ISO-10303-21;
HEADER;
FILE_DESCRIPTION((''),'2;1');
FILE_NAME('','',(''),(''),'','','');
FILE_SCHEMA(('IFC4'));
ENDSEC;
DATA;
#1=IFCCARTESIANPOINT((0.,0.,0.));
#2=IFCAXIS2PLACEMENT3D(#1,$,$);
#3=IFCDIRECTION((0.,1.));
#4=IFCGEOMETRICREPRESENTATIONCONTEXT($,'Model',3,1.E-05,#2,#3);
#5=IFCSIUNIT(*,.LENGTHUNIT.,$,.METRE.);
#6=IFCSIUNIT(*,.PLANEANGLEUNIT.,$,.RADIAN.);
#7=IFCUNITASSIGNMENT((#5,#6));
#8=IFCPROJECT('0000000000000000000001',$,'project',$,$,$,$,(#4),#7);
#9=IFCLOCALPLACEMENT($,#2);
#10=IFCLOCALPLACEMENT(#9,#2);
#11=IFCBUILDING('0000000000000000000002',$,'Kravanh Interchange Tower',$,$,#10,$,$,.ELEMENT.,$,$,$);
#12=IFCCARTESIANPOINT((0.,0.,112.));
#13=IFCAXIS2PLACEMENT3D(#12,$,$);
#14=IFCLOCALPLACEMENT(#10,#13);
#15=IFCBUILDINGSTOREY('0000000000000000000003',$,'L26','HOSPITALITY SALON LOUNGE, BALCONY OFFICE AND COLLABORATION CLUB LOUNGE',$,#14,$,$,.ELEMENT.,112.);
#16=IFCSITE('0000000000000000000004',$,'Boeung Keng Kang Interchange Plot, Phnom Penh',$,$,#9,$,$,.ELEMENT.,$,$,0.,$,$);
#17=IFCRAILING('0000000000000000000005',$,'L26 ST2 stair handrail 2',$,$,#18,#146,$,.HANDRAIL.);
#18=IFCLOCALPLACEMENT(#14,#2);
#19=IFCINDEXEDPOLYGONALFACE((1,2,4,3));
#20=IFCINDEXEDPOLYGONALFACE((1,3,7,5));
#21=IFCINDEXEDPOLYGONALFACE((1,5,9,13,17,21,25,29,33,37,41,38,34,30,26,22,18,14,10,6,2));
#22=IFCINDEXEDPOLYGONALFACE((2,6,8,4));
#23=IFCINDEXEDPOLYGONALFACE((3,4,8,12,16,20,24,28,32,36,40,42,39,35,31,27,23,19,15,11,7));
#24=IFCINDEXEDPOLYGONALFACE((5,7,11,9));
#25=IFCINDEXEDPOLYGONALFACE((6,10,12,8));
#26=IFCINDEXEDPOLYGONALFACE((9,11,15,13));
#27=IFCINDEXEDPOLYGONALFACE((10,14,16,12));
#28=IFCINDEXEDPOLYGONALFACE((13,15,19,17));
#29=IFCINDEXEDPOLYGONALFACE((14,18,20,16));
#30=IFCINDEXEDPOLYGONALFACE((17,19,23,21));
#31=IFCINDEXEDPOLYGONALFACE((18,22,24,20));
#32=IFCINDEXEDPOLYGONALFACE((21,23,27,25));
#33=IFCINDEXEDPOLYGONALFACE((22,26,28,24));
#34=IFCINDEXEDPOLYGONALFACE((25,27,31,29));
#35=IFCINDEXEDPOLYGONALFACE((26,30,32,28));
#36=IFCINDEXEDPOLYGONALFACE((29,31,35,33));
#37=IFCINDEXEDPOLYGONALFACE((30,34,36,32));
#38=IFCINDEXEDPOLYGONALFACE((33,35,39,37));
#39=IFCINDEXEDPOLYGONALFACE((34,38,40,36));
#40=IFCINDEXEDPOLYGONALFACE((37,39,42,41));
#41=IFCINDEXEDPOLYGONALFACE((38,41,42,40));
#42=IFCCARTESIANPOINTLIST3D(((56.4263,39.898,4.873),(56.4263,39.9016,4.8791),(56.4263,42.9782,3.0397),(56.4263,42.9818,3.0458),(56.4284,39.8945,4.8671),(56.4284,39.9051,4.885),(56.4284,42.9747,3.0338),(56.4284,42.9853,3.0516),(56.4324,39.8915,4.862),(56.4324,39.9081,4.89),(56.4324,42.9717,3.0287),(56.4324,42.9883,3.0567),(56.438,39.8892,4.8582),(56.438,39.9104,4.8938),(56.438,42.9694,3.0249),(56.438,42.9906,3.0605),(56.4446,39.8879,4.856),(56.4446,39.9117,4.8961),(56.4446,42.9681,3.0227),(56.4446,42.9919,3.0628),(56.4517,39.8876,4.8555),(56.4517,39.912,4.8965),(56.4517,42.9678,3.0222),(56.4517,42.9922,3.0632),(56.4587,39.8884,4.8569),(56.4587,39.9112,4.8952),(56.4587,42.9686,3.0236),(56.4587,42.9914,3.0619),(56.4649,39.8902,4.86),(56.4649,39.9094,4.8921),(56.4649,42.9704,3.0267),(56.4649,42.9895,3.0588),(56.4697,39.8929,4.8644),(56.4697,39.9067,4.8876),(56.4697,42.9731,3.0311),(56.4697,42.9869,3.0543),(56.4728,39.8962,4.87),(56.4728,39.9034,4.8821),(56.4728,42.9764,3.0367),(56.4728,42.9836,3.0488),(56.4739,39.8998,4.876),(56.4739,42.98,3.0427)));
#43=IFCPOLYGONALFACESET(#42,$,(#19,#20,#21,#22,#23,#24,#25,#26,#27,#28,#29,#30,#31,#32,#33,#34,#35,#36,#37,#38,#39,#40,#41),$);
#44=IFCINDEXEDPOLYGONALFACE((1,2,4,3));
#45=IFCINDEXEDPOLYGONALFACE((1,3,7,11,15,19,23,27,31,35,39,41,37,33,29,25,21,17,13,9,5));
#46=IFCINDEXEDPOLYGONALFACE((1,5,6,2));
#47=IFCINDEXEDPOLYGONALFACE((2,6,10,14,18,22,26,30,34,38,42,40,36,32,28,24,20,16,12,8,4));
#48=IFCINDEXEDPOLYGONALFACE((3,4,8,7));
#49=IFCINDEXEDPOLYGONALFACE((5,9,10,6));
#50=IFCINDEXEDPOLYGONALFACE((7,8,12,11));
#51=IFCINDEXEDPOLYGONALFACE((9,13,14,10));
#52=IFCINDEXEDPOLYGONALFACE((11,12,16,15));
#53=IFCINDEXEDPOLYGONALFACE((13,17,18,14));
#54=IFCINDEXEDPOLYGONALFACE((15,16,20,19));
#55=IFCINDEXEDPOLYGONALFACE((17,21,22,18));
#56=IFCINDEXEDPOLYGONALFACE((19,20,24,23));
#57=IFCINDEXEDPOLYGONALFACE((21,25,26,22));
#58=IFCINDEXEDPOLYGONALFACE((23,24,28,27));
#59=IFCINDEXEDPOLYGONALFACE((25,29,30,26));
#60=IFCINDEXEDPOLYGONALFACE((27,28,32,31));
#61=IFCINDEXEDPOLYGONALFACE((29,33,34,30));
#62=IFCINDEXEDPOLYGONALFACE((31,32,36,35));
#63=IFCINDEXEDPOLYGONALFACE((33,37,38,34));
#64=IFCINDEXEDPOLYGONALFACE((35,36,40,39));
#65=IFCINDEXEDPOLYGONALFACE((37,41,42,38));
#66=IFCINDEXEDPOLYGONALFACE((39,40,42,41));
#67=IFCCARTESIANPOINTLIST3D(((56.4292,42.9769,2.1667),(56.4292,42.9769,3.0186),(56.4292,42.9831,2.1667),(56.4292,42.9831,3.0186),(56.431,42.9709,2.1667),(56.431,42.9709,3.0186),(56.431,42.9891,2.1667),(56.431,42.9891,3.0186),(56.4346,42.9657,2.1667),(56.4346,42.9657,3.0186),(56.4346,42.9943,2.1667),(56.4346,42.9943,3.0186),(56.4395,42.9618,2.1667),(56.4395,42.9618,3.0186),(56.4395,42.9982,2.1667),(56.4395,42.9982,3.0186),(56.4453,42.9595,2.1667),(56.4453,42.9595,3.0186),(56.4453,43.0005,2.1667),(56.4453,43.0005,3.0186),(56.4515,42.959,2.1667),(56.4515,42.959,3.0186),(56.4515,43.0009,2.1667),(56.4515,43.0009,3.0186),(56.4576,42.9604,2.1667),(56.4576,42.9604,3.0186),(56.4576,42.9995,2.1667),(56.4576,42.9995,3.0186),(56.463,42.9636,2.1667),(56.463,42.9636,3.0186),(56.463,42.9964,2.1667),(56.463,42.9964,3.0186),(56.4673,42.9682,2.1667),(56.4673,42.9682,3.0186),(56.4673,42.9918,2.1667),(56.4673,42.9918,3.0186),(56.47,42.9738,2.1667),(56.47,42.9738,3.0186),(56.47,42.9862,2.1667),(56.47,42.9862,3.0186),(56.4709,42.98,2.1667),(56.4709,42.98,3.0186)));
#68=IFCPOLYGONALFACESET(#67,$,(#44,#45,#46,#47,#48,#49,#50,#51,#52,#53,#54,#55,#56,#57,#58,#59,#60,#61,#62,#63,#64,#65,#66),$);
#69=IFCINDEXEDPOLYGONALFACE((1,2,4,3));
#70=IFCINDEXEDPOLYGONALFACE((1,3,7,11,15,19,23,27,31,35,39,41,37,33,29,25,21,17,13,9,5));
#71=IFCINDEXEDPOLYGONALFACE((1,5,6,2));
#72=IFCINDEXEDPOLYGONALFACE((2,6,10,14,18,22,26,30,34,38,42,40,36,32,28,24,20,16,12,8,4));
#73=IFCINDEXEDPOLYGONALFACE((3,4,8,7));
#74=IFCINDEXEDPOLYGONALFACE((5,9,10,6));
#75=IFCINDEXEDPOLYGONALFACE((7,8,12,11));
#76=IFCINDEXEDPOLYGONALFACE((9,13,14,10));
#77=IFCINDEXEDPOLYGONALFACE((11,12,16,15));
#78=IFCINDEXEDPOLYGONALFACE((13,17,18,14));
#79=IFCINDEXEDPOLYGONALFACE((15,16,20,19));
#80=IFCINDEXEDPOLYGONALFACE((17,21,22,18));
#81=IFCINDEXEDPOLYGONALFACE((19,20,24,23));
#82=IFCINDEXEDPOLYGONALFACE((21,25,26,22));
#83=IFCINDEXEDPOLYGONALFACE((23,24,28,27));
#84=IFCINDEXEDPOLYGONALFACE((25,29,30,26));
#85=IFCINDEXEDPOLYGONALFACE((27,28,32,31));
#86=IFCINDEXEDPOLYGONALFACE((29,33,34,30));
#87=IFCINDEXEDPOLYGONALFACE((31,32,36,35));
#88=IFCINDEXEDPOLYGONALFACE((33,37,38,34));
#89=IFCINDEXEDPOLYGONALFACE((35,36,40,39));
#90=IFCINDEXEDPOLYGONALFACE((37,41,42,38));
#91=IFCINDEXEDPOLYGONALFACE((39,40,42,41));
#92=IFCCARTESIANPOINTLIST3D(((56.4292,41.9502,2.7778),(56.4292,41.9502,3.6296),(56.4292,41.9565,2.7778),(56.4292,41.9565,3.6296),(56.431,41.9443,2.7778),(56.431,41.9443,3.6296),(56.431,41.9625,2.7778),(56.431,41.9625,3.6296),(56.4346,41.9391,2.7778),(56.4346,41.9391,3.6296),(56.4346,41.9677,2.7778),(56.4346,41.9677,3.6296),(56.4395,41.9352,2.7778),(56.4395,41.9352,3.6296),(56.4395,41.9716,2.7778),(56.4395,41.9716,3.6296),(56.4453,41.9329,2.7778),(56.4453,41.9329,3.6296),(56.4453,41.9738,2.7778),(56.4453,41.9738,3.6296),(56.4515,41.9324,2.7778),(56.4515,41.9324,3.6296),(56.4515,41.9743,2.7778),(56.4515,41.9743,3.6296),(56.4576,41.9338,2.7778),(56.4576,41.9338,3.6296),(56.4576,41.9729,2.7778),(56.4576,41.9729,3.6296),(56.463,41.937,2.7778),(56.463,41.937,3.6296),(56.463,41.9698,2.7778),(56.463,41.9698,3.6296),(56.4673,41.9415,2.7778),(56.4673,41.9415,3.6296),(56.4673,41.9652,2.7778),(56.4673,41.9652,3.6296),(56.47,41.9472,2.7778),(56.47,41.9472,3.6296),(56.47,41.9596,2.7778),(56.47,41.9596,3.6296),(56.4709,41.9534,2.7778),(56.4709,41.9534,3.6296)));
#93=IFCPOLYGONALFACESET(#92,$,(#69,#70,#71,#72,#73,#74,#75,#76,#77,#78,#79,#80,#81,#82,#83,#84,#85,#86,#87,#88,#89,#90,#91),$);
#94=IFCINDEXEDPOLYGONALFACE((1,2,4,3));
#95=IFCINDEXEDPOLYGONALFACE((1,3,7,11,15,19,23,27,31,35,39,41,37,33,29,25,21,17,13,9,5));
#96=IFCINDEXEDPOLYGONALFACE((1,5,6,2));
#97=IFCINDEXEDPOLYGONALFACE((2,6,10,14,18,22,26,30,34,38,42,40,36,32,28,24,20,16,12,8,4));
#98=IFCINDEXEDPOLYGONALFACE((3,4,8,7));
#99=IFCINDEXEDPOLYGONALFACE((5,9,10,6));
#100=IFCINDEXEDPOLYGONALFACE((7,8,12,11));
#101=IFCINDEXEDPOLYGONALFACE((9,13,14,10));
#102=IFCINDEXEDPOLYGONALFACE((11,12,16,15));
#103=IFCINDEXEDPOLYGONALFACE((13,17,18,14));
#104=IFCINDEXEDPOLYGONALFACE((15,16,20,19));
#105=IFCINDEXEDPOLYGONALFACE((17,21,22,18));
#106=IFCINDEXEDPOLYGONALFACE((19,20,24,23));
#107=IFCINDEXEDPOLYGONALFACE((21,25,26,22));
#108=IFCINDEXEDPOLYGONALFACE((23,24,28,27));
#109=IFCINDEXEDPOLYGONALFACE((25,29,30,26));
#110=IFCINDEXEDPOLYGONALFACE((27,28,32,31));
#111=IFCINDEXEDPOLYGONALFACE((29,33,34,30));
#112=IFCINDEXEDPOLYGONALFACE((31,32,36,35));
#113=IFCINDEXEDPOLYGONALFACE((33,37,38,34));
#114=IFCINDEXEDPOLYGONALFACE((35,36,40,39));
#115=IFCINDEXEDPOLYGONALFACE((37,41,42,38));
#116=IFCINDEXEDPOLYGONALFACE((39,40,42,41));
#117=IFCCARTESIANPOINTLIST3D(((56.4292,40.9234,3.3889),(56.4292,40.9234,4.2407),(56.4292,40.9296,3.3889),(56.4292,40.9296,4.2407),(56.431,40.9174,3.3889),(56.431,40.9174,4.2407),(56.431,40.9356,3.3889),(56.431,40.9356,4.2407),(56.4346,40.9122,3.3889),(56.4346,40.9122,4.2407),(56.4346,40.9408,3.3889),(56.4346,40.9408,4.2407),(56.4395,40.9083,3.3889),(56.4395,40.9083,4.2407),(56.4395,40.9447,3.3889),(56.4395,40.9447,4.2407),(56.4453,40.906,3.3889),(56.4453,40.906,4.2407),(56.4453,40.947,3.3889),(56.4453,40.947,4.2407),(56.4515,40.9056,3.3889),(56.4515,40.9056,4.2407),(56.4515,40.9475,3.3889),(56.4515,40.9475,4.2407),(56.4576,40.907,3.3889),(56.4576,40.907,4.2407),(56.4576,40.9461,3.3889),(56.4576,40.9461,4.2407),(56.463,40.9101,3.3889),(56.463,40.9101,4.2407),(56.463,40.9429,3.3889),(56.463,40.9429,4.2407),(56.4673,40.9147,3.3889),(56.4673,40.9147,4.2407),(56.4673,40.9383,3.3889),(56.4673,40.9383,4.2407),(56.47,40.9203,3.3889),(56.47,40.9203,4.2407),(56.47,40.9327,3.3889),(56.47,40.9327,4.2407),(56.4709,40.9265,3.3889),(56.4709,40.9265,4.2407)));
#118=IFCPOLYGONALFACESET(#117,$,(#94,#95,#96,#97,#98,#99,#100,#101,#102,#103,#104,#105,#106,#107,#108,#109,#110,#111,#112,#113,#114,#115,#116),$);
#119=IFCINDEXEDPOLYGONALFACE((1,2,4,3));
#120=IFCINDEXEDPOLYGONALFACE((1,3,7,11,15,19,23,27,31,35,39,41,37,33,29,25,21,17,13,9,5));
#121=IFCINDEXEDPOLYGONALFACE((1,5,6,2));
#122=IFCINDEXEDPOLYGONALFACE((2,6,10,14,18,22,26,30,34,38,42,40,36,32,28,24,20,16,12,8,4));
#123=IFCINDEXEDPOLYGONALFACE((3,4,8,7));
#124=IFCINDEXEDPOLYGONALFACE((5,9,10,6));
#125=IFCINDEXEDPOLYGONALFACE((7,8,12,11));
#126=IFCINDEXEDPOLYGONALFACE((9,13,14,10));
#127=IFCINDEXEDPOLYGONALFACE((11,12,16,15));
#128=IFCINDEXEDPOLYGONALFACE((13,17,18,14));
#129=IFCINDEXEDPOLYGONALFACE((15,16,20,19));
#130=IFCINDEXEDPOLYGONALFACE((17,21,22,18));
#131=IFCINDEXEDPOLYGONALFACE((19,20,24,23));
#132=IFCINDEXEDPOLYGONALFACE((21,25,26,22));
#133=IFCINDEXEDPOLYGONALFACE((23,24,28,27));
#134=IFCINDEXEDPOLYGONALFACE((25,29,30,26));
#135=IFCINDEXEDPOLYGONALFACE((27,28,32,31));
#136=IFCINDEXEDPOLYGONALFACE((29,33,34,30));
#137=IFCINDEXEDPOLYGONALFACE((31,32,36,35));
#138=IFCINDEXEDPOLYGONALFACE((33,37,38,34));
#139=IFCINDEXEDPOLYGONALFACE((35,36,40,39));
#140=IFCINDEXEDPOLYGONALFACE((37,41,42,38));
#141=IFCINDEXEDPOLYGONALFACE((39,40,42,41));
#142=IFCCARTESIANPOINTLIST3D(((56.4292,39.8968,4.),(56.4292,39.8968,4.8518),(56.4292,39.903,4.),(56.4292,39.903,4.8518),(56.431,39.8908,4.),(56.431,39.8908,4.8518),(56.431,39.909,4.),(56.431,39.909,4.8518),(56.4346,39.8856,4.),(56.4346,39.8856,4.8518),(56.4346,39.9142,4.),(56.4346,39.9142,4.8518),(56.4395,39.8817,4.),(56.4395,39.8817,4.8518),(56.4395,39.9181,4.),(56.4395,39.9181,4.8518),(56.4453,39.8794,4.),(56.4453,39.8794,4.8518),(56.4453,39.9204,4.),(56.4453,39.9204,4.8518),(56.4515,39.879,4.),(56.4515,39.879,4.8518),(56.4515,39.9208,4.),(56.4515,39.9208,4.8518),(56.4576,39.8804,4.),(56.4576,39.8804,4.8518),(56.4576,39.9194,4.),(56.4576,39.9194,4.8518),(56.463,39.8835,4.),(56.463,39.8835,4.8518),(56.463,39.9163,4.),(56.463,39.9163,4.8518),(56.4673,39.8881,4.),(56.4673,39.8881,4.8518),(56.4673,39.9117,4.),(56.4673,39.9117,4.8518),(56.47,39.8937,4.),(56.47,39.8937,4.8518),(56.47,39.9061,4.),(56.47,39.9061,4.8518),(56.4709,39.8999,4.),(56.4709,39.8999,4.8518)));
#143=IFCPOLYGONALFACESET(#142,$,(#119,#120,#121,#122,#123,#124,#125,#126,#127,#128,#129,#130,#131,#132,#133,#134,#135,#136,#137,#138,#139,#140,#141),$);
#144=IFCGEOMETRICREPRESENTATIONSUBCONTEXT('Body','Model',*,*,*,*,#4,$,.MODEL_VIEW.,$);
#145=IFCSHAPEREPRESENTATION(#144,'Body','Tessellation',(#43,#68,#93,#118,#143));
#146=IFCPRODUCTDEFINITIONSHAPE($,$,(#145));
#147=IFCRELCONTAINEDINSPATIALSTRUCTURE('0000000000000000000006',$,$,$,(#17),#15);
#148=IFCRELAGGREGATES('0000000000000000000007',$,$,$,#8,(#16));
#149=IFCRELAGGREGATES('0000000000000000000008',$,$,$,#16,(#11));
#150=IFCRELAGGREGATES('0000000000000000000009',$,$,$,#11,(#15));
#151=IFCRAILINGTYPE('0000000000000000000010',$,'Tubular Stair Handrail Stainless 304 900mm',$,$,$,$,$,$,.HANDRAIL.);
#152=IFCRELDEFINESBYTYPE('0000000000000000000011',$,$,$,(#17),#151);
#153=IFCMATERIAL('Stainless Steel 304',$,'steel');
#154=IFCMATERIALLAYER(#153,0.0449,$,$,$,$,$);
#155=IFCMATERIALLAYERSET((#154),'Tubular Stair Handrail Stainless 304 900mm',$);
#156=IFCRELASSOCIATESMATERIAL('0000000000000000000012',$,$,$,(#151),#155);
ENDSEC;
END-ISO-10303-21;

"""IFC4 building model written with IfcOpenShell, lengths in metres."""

from ifc_helpers import new_model, si_unit, direction, frame, origin, origin_2d, place, context, subcontext, project, spatial, circle, extrude, material, layer, layer_set, type_object, element, save


model = new_model("IFC4")

# Units and contexts
model_context = context("Model", 3, precision=1e-05, world=origin(), true_north=direction((0.0, 1.0)))
body_context = subcontext(model_context, "Body", "Model", "MODEL_VIEW")
ifc_project = project(units=[si_unit("LENGTHUNIT", "METRE"), si_unit("PLANEANGLEUNIT", "RADIAN")], contexts=[model_context])

# Site, building, storey
site_placement = place(None, origin())
site = spatial("IfcSite", under=ifc_project, at=site_placement, Name="Boeung Keng Kang Interchange Plot, Phnom Penh", CompositionType="ELEMENT", RefElevation=0.0)
building_placement = place(site_placement, origin())
building = spatial("IfcBuilding", under=site, at=building_placement, Name="Kravanh Interchange Tower", CompositionType="ELEMENT")
storey_placement = place(building_placement, frame((0.0, 0.0, 112.0)))
storey = spatial("IfcBuildingStorey", under=building, at=storey_placement, Name="L26", Description="HOSPITALITY SALON LOUNGE, BALCONY OFFICE AND COLLABORATION CLUB LOUNGE", CompositionType="ELEMENT", Elevation=112.0)

# Railing
ifc_material_1 = material(Name="Stainless Steel 304", Category="steel")
ifc_layer_1 = layer(ifc_material_1, 0.0449)
ifc_layer_set_1 = layer_set([ifc_layer_1], Name="Tubular Stair Handrail Stainless 304 900mm")
railing_type_1 = type_object("IfcRailingType", Name="Tubular Stair Handrail Stainless 304 900mm", PredefinedType="HANDRAIL", material=ifc_layer_set_1)
railing_1_placement = place(storey_placement, frame((56.45, 42.98, 2.1667)))
element("IfcRailing", 1, at=railing_1_placement, inside=storey, type_object=railing_type_1, Name="L26 ST2 stair handrail 2", PredefinedType="HANDRAIL", context=body_context, shape_type="SweptSolid", body=[
    extrude(circle(Radius=0.0239, at=origin_2d()), frame((0.0, 0.0, 0.876), z_axis=(0.0, -0.859309, 0.511458), x_axis=(1.0, 0.0, 0.0)), (0.0, 0.0, 1.0), 3.5845),
    extrude(circle(Radius=0.021, at=origin_2d()), origin(), (0.0, 0.0, 1.0), 0.8518),
    extrude(circle(Radius=0.021, at=origin_2d()), frame((0.0, -1.0266, 0.6111)), (0.0, 0.0, 1.0), 0.8518),
    extrude(circle(Radius=0.021, at=origin_2d()), frame((0.0, -2.0535, 1.2222)), (0.0, 0.0, 1.0), 0.8518),
    extrude(circle(Radius=0.021, at=origin_2d()), frame((0.0, -3.0801, 1.8333)), (0.0, 0.0, 1.0), 0.8518),
])

save(model, "model.ifc")
